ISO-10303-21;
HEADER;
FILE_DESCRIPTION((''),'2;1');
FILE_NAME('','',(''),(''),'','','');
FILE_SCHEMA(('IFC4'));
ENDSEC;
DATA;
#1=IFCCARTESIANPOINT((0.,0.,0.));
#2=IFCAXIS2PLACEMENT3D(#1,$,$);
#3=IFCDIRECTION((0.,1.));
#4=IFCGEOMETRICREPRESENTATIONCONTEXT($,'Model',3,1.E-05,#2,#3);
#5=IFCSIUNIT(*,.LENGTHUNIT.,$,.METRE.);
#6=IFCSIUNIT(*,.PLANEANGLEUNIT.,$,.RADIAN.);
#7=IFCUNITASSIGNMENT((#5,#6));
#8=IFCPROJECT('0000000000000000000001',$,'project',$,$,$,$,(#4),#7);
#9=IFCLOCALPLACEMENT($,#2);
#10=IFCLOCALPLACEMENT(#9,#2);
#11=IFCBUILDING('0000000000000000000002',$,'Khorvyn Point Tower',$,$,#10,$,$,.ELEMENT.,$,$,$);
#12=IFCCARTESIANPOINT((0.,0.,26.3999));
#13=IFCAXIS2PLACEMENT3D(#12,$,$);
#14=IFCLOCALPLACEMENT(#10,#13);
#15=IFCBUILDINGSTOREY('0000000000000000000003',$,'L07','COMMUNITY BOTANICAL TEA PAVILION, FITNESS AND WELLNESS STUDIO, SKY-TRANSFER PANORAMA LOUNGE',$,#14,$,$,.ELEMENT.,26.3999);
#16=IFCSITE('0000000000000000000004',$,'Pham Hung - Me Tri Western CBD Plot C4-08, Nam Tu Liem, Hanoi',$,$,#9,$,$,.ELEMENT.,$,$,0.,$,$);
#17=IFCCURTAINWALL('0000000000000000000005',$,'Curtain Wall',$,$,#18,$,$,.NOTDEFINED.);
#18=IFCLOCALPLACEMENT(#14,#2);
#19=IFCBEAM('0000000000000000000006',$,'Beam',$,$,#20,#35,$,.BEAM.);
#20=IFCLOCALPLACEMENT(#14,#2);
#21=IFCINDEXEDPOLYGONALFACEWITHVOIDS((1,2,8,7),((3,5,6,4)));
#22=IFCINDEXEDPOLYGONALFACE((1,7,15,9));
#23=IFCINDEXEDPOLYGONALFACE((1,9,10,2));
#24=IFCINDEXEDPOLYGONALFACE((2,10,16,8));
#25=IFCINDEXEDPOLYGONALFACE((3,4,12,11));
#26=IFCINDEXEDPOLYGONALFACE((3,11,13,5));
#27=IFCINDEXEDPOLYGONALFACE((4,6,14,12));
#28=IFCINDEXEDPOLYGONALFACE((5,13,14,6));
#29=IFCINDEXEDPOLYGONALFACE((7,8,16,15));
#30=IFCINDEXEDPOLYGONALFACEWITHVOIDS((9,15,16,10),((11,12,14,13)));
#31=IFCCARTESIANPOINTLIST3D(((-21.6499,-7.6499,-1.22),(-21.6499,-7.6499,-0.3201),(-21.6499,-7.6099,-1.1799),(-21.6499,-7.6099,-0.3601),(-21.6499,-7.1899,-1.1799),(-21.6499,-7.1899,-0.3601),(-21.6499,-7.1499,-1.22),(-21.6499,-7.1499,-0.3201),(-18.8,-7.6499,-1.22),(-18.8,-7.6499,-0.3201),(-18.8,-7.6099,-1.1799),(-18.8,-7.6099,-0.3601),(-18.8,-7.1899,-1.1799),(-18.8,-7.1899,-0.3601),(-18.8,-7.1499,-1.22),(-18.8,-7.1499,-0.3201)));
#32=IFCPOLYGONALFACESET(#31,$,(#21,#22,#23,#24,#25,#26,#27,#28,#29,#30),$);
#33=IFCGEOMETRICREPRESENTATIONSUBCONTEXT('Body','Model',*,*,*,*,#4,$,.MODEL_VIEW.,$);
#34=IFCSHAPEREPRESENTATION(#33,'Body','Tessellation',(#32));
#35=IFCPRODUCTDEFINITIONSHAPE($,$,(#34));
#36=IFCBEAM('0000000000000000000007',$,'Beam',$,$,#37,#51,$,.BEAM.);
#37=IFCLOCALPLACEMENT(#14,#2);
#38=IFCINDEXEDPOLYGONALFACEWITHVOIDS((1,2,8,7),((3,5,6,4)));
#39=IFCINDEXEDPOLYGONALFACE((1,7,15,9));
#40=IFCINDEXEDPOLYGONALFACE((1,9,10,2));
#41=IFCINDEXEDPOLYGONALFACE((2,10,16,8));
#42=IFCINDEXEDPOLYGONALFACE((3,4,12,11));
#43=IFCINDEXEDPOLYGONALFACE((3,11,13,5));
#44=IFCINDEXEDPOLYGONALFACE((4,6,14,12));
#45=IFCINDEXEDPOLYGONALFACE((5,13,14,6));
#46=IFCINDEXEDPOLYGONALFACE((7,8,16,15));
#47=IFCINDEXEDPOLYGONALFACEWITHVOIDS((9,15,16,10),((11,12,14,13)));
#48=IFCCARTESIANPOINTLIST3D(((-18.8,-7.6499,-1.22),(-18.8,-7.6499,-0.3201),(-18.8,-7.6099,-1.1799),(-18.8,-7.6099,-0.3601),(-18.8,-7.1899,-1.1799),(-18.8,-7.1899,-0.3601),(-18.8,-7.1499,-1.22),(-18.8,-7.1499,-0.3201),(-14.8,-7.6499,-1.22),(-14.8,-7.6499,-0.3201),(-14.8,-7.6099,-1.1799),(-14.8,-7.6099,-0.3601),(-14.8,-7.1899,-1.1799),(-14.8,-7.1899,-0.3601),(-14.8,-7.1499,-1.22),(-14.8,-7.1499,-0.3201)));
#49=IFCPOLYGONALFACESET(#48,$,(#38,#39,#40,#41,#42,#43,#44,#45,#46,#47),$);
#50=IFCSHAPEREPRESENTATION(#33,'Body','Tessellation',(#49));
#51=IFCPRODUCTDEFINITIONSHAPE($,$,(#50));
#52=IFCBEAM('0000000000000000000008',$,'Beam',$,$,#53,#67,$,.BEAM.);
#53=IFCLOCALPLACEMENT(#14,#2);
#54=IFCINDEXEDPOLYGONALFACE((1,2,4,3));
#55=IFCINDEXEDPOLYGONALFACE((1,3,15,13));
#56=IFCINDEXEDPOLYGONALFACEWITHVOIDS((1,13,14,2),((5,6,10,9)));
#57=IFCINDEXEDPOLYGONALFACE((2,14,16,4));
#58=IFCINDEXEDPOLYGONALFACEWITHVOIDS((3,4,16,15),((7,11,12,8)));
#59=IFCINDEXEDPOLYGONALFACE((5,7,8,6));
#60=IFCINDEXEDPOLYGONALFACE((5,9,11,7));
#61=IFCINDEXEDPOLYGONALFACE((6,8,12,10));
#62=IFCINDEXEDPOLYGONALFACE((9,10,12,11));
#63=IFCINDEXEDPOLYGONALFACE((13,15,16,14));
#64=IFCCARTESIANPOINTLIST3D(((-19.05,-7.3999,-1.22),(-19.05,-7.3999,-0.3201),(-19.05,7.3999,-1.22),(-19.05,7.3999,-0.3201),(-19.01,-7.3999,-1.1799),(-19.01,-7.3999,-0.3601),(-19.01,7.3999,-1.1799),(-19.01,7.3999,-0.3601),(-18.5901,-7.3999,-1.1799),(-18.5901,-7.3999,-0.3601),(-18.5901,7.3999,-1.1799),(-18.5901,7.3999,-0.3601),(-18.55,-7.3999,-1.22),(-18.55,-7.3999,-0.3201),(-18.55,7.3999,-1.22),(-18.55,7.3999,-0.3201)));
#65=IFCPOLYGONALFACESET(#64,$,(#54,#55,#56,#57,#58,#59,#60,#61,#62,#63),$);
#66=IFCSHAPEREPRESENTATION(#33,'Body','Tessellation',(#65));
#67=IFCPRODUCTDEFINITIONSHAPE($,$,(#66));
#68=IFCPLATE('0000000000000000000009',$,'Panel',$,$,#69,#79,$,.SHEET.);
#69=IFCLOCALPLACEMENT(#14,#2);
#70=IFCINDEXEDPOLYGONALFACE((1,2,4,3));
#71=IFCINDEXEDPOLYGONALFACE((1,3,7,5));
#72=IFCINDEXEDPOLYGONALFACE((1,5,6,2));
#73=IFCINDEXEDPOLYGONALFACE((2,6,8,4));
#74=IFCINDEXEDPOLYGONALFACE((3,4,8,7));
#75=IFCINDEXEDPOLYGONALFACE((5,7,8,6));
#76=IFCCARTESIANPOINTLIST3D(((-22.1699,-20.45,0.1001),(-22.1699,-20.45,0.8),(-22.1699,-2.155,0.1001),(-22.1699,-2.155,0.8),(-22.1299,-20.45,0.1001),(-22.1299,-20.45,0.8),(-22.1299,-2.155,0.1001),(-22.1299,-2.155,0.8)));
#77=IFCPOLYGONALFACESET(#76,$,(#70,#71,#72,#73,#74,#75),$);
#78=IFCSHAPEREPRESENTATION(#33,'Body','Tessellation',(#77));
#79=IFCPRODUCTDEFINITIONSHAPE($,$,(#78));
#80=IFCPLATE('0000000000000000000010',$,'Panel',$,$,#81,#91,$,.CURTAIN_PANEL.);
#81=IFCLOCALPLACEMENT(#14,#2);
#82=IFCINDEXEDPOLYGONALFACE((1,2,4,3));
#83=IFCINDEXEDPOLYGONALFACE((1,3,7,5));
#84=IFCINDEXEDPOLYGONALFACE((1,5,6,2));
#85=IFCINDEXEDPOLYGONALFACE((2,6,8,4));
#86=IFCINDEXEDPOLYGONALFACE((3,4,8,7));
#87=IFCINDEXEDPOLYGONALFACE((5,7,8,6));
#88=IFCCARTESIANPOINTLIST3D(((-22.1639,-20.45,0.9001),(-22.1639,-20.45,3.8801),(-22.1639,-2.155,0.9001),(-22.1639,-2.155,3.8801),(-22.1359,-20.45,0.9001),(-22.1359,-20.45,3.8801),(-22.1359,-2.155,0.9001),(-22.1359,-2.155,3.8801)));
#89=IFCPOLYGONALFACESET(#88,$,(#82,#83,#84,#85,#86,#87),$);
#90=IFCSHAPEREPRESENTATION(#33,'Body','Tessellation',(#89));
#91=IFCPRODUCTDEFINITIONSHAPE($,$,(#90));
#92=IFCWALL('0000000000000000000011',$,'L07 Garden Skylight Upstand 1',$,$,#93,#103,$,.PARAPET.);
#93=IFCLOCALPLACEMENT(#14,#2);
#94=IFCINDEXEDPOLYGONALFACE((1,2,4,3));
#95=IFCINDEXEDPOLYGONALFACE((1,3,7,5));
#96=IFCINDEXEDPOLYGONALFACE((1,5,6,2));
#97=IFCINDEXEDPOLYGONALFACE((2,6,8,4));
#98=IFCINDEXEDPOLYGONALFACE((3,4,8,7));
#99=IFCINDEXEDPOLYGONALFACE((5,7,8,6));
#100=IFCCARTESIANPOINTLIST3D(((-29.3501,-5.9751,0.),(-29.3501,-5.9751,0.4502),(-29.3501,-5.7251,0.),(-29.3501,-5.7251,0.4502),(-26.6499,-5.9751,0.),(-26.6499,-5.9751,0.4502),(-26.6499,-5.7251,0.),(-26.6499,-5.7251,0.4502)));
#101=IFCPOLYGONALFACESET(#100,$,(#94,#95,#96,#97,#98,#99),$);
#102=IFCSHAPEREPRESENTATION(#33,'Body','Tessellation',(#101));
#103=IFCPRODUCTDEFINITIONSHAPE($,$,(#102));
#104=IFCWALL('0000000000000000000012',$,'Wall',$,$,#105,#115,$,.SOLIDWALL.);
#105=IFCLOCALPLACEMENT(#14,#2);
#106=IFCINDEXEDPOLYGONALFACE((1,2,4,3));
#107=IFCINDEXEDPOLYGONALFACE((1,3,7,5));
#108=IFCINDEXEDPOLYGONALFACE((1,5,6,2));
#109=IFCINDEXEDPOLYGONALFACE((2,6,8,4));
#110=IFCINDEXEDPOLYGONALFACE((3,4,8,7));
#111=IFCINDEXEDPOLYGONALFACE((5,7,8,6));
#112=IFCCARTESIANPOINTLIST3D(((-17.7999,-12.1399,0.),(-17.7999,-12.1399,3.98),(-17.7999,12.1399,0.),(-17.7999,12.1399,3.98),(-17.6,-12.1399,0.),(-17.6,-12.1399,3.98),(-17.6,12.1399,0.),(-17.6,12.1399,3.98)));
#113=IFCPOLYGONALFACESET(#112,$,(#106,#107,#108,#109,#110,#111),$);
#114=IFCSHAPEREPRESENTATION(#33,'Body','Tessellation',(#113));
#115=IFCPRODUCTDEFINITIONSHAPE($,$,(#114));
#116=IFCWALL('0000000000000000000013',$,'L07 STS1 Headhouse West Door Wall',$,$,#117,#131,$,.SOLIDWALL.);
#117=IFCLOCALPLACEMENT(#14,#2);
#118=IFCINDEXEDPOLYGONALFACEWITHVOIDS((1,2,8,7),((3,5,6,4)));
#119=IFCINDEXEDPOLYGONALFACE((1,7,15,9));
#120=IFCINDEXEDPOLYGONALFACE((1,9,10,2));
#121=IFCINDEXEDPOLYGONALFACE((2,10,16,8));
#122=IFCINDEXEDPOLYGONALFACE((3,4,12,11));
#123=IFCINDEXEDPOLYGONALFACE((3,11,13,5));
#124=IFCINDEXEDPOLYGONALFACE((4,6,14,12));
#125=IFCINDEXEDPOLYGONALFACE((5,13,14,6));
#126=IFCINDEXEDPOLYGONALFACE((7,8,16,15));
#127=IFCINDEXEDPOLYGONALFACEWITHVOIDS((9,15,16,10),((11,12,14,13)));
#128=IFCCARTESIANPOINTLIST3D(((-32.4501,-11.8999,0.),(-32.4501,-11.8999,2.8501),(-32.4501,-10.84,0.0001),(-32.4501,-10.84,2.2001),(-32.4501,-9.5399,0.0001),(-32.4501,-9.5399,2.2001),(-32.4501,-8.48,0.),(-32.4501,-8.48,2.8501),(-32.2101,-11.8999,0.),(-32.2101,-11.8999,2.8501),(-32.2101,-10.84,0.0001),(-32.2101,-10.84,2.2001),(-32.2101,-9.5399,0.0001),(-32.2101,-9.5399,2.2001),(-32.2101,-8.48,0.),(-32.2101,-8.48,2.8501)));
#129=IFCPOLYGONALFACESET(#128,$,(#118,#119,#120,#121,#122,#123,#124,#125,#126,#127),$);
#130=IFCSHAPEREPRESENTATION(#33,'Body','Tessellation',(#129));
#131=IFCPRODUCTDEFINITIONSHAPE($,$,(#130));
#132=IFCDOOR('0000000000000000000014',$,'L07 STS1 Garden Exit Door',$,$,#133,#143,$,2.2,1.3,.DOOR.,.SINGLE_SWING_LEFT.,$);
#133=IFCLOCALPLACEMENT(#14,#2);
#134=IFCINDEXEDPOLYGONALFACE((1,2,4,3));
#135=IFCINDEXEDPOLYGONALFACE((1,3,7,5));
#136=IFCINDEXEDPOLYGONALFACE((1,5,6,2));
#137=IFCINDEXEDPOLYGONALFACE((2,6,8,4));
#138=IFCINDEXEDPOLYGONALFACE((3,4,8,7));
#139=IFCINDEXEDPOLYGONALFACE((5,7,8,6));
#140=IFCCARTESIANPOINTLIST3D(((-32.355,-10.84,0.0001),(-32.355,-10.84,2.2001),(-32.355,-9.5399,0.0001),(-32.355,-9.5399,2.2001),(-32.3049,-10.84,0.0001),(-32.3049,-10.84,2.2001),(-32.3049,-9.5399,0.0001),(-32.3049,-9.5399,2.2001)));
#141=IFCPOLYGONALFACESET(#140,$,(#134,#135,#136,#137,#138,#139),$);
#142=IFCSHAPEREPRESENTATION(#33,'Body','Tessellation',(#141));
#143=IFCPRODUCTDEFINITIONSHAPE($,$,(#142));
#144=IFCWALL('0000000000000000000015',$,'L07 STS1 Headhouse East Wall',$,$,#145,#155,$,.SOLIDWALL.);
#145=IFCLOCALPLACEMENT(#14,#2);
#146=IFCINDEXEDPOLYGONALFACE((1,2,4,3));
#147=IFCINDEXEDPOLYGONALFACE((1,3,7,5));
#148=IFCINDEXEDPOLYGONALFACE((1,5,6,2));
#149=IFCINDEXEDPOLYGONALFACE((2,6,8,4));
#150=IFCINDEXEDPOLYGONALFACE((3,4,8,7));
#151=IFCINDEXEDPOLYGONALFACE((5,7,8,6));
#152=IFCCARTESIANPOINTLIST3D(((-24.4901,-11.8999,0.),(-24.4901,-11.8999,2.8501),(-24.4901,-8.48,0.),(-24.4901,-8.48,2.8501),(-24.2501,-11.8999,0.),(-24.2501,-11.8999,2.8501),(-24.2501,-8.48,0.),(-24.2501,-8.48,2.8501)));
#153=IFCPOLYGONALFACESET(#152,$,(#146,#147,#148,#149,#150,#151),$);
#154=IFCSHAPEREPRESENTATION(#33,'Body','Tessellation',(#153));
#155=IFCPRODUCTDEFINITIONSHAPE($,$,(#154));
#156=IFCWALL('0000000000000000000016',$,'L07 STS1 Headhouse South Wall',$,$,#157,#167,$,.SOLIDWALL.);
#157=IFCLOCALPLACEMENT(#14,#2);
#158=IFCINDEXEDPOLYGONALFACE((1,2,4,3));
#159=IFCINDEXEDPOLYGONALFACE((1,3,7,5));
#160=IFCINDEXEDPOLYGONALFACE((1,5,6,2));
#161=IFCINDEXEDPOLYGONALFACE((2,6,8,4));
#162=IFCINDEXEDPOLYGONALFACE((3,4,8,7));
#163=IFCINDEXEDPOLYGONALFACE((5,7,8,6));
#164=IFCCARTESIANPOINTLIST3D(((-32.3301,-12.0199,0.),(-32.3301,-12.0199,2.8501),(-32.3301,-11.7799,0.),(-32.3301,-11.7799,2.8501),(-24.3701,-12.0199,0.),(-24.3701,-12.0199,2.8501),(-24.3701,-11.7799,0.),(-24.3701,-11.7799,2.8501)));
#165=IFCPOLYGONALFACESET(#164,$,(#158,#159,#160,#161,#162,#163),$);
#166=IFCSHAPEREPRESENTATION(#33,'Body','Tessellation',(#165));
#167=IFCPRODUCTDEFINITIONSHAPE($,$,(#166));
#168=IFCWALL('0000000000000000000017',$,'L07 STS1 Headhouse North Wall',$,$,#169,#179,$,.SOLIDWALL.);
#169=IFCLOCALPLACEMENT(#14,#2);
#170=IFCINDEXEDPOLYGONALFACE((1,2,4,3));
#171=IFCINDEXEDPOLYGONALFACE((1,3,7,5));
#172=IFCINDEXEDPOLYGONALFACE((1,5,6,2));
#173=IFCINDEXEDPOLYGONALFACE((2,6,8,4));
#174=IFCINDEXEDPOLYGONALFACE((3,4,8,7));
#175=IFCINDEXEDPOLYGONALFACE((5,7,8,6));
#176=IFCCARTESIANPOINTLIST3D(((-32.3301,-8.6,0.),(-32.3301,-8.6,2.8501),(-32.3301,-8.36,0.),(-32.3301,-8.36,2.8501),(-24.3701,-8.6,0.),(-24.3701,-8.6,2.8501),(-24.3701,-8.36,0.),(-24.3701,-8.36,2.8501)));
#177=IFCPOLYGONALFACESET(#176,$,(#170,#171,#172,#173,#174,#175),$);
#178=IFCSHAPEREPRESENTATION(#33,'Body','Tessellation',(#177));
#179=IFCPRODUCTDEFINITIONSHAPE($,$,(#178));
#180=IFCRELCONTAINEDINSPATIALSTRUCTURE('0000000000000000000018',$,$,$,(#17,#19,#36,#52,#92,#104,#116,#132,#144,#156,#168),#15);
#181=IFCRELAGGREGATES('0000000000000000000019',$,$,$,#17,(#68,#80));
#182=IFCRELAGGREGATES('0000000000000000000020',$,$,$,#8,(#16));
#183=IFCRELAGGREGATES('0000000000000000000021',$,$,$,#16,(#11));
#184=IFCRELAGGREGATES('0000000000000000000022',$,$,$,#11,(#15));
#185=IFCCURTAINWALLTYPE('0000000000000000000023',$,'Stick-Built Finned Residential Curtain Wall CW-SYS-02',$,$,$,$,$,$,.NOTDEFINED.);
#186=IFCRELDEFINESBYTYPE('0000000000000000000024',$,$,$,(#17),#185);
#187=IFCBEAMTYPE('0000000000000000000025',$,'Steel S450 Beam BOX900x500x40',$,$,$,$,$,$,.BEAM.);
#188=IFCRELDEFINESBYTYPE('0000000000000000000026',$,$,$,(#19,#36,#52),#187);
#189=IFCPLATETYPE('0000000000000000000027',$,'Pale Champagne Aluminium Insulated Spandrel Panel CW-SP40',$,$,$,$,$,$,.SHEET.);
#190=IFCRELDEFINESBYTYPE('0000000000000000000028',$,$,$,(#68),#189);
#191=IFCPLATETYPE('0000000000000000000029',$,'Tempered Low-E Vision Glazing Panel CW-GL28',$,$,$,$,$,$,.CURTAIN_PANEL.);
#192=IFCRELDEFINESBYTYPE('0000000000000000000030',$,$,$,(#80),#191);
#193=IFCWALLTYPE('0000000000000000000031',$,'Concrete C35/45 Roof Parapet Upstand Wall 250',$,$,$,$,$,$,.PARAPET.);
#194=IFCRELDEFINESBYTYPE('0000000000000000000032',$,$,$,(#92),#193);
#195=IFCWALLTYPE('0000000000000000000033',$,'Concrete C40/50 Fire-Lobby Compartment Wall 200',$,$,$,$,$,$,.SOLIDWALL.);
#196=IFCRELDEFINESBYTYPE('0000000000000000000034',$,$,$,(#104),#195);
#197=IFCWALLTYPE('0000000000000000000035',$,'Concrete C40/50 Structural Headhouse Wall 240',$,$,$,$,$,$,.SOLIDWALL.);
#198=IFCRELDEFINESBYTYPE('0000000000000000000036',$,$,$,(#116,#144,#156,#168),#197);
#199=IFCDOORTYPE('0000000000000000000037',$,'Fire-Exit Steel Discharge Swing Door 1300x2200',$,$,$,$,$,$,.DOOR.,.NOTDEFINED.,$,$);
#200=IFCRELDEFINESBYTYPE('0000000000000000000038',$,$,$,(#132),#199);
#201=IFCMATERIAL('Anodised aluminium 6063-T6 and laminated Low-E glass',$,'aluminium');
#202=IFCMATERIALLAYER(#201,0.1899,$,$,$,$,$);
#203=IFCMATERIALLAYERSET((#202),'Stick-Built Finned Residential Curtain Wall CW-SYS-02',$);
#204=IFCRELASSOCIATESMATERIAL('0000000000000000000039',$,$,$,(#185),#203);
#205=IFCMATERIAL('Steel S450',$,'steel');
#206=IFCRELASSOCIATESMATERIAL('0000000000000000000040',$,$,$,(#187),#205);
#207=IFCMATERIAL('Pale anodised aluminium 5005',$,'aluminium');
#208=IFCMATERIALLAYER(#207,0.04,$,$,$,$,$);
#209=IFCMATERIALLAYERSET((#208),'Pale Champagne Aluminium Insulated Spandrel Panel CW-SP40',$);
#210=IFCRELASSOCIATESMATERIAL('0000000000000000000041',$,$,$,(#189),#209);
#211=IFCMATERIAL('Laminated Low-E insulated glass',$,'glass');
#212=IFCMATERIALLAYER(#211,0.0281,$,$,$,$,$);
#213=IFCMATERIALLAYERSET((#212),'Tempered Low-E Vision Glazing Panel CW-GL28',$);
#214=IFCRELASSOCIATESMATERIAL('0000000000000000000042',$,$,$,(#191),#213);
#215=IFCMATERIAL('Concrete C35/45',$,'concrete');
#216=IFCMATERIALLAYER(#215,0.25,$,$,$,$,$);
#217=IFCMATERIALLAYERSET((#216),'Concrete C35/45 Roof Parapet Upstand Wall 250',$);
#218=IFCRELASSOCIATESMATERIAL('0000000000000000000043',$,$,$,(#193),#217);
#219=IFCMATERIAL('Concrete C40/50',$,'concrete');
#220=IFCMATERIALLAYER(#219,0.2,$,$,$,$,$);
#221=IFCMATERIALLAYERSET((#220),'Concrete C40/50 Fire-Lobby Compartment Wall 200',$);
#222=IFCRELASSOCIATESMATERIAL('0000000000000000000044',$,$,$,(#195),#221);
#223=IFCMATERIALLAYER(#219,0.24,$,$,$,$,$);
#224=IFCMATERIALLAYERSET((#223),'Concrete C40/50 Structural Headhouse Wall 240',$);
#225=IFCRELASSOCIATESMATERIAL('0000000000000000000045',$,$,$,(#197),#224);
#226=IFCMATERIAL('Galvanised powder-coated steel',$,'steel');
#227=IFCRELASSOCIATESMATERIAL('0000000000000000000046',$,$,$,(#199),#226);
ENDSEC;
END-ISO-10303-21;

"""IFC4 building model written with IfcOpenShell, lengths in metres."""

from ifc_helpers import new_model, si_unit, direction, frame, frame_2d, origin, origin_2d, place, context, subcontext, project, spatial, rectangle, hollow_rectangle, extrude, material, layer, layer_set, material_profile, profile_set, type_object, element, fill, aggregate, save


model = new_model("IFC4")

# Units and contexts
model_context = context("Model", 3, precision=1e-05, world=origin(), true_north=direction((0.0, 1.0)))
body_context = subcontext(model_context, "Body", "Model", "MODEL_VIEW")
ifc_project = project(units=[si_unit("LENGTHUNIT", "METRE"), si_unit("PLANEANGLEUNIT", "RADIAN")], contexts=[model_context])

# Site, building, storey
site_placement = place(None, origin())
site = spatial("IfcSite", under=ifc_project, at=site_placement, Name="Pham Hung - Me Tri Western CBD Plot C4-08, Nam Tu Liem, Hanoi", CompositionType="ELEMENT", RefElevation=0.0)
building_placement = place(site_placement, origin())
building = spatial("IfcBuilding", under=site, at=building_placement, Name="Khorvyn Point Tower", CompositionType="ELEMENT")
storey_placement = place(building_placement, frame((0.0, 0.0, 26.3999)))
storey = spatial("IfcBuildingStorey", under=building, at=storey_placement, Name="L07", Description="COMMUNITY BOTANICAL TEA PAVILION, FITNESS AND WELLNESS STUDIO, SKY-TRANSFER PANORAMA LOUNGE", CompositionType="ELEMENT", Elevation=26.3999)

# Shared definitions
ifc_material_1 = material(Name="Steel S450", Category="steel")

# Curtain wall
ifc_material_2 = material(Name="Anodised aluminium 6063-T6 and laminated Low-E glass", Category="aluminium")
ifc_layer_1 = layer(ifc_material_2, 0.1899)
ifc_layer_set_1 = layer_set([ifc_layer_1], Name="Stick-Built Finned Residential Curtain Wall CW-SYS-02")
curtain_wall_type = type_object("IfcCurtainWallType", Name="Stick-Built Finned Residential Curtain Wall CW-SYS-02", PredefinedType="NOTDEFINED", material=ifc_layer_set_1)
curtain_wall_placement = place(storey_placement, origin())
curtain_wall = element("IfcCurtainWall", 1, at=curtain_wall_placement, inside=storey, type_object=curtain_wall_type, Name="Curtain Wall", PredefinedType="NOTDEFINED")

# Beams
ifc_material_profile_1 = material_profile(ifc_material_1, hollow_rectangle(XDim=0.5, YDim=0.8999, WallThickness=0.04, at=origin_2d()))
ifc_profile_set_1 = profile_set([ifc_material_profile_1], Name="Steel S450 BOX900x500x40")
beam_type_1 = type_object("IfcBeamType", Name="Steel S450 Beam BOX900x500x40", PredefinedType="BEAM", material=ifc_profile_set_1)
beam_1_placement = place(storey_placement, frame((-21.6499, -7.3999, -0.77), z_axis=(1.0, 0.0, 0.0), x_axis=(0.0, 1.0, 0.0)))
element("IfcBeam", 2, at=beam_1_placement, inside=storey, type_object=beam_type_1, Name="Beam", PredefinedType="BEAM", context=body_context, shape_type="SweptSolid", body=[
    extrude(hollow_rectangle(XDim=0.5, YDim=0.8999, WallThickness=0.04, at=origin_2d()), origin(), (0.0, 0.0, 1.0), 2.8499),
])
beam_2_placement = place(storey_placement, frame((-18.8, -7.3999, -0.77), z_axis=(1.0, 0.0, 0.0), x_axis=(0.0, 1.0, 0.0)))
element("IfcBeam", 3, at=beam_2_placement, inside=storey, type_object=beam_type_1, Name="Beam", PredefinedType="BEAM", context=body_context, shape_type="SweptSolid", body=[
    extrude(hollow_rectangle(XDim=0.5, YDim=0.8999, WallThickness=0.04, at=origin_2d()), origin(), (0.0, 0.0, 1.0), 4.0),
])
beam_3_placement = place(storey_placement, frame((-18.8, -7.3999, -0.77), z_axis=(0.0, 1.0, 0.0), x_axis=(-1.0, 0.0, 0.0)))
element("IfcBeam", 4, at=beam_3_placement, inside=storey, type_object=beam_type_1, Name="Beam", PredefinedType="BEAM", context=body_context, shape_type="SweptSolid", body=[
    extrude(hollow_rectangle(XDim=0.5, YDim=0.8999, WallThickness=0.04, at=origin_2d()), origin(), (0.0, 0.0, 1.0), 14.7998),
])

# Plates
ifc_material_3 = material(Name="Pale anodised aluminium 5005", Category="aluminium")
ifc_layer_2 = layer(ifc_material_3, 0.04)
ifc_layer_set_2 = layer_set([ifc_layer_2], Name="Pale Champagne Aluminium Insulated Spandrel Panel CW-SP40")
plate_type_1 = type_object("IfcPlateType", Name="Pale Champagne Aluminium Insulated Spandrel Panel CW-SP40", PredefinedType="SHEET", material=ifc_layer_set_2)
plate_1_placement = place(storey_placement, frame((-22.1499, -11.3025, 0.1001), z_axis=(0.0, 0.0, 1.0), x_axis=(0.0, 1.0, 0.0)))
plate_1 = element("IfcPlate", 5, at=plate_1_placement, type_object=plate_type_1, Name="Panel", PredefinedType="SHEET", context=body_context, shape_type="SweptSolid", body=[
    extrude(rectangle(XDim=18.2949, YDim=0.04, at=origin_2d()), origin(), (0.0, 0.0, 1.0), 0.7),
])
ifc_material_4 = material(Name="Laminated Low-E insulated glass", Category="glass")
ifc_layer_3 = layer(ifc_material_4, 0.0281)
ifc_layer_set_3 = layer_set([ifc_layer_3], Name="Tempered Low-E Vision Glazing Panel CW-GL28")
plate_type_2 = type_object("IfcPlateType", Name="Tempered Low-E Vision Glazing Panel CW-GL28", PredefinedType="CURTAIN_PANEL", material=ifc_layer_set_3)
plate_2_placement = place(storey_placement, frame((-22.1499, -11.3025, 0.9001), z_axis=(0.0, 0.0, 1.0), x_axis=(0.0, 1.0, 0.0)))
plate_2 = element("IfcPlate", 6, at=plate_2_placement, type_object=plate_type_2, Name="Panel", PredefinedType="CURTAIN_PANEL", context=body_context, shape_type="SweptSolid", body=[
    extrude(rectangle(XDim=18.2949, YDim=0.0281, at=origin_2d()), origin(), (0.0, 0.0, 1.0), 2.98),
])
aggregate(curtain_wall, [plate_1, plate_2])

# Walls
ifc_material_5 = material(Name="Concrete C35/45", Category="concrete")
ifc_layer_4 = layer(ifc_material_5, 0.25)
ifc_layer_set_4 = layer_set([ifc_layer_4], Name="Concrete C35/45 Roof Parapet Upstand Wall 250")
wall_type_1 = type_object("IfcWallType", Name="Concrete C35/45 Roof Parapet Upstand Wall 250", PredefinedType="PARAPET", material=ifc_layer_set_4)
wall_1_placement = place(storey_placement, frame((-29.3501, -5.8501, 0.0), z_axis=(0.0, 0.0, 1.0), x_axis=(1.0, 0.0, 0.0)))
element("IfcWall", 7, at=wall_1_placement, inside=storey, type_object=wall_type_1, Name="L07 Garden Skylight Upstand 1", PredefinedType="PARAPET", context=body_context, shape_type="SweptSolid", body=[
    extrude(rectangle(XDim=2.7002, YDim=0.25, at=frame_2d((1.3501, 0.0))), origin(), (0.0, 0.0, 1.0), 0.4502),
])
ifc_material_6 = material(Name="Concrete C40/50", Category="concrete")
ifc_layer_5 = layer(ifc_material_6, 0.2)
ifc_layer_set_5 = layer_set([ifc_layer_5], Name="Concrete C40/50 Fire-Lobby Compartment Wall 200")
wall_type_2 = type_object("IfcWallType", Name="Concrete C40/50 Fire-Lobby Compartment Wall 200", PredefinedType="SOLIDWALL", material=ifc_layer_set_5)
wall_2_placement = place(storey_placement, frame((-17.7, -12.1399, 0.0), z_axis=(0.0, 0.0, 1.0), x_axis=(0.0, 1.0, 0.0)))
element("IfcWall", 8, at=wall_2_placement, inside=storey, type_object=wall_type_2, Name="Wall", PredefinedType="SOLIDWALL", context=body_context, shape_type="SweptSolid", body=[
    extrude(rectangle(XDim=24.2798, YDim=0.2, at=frame_2d((12.1399, 0.0))), origin(), (0.0, 0.0, 1.0), 3.98),
])

# Wall, opening, door
ifc_layer_6 = layer(ifc_material_6, 0.24)
ifc_layer_set_6 = layer_set([ifc_layer_6], Name="Concrete C40/50 Structural Headhouse Wall 240")
wall_type_3 = type_object("IfcWallType", Name="Concrete C40/50 Structural Headhouse Wall 240", PredefinedType="SOLIDWALL", material=ifc_layer_set_6)
wall_3_placement = place(storey_placement, frame((-32.3301, -11.8999, 0.0), z_axis=(0.0, 0.0, 1.0), x_axis=(0.0, 1.0, 0.0)))
wall_3 = element("IfcWall", 9, at=wall_3_placement, inside=storey, type_object=wall_type_3, Name="L07 STS1 Headhouse West Door Wall", PredefinedType="SOLIDWALL", context=body_context, shape_type="SweptSolid", body=[
    extrude(rectangle(XDim=3.4199, YDim=0.24, at=frame_2d((1.71, 0.0))), origin(), (0.0, 0.0, 1.0), 2.8501),
])
opening_placement = place(wall_3_placement, frame((1.0601, 0.0, 0.0)))
opening = element("IfcOpeningElement", 10, at=opening_placement, cuts=wall_3, PredefinedType="OPENING", context=body_context, shape_type="SweptSolid", body=[
    extrude(rectangle(XDim=1.3, YDim=2.2, at=frame_2d((0.6499, 1.1001))), frame((0.0, 0.1299, 0.0), z_axis=(0.0, -1.0, 0.0), x_axis=(1.0, 0.0, 0.0)), (0.0, 0.0, 1.0), 0.26),
])
ifc_material_7 = material(Name="Galvanised powder-coated steel", Category="steel")
door_type = type_object("IfcDoorType", Name="Fire-Exit Steel Discharge Swing Door 1300x2200", OperationType="NOTDEFINED", PredefinedType="DOOR", material=ifc_material_7)
door_placement = place(opening_placement, origin())
door = element("IfcDoor", 11, at=door_placement, inside=storey, type_object=door_type, Name="L07 STS1 Garden Exit Door", OperationType="SINGLE_SWING_LEFT", OverallHeight=2.2, OverallWidth=1.3, PredefinedType="DOOR", context=body_context, shape_type="SweptSolid", body=[
    extrude(rectangle(XDim=1.3, YDim=2.2, at=frame_2d((0.6499, 1.1001))), frame((0.0, 0.0249, 0.0), z_axis=(0.0, -1.0, 0.0), x_axis=(1.0, 0.0, 0.0)), (0.0, 0.0, 1.0), 0.05),
])
fill(opening, door)

# Walls
wall_4_placement = place(storey_placement, frame((-24.3701, -8.48, 0.0), z_axis=(0.0, 0.0, 1.0), x_axis=(0.0, -1.0, 0.0)))
element("IfcWall", 12, at=wall_4_placement, inside=storey, type_object=wall_type_3, Name="L07 STS1 Headhouse East Wall", PredefinedType="SOLIDWALL", context=body_context, shape_type="SweptSolid", body=[
    extrude(rectangle(XDim=3.4199, YDim=0.24, at=frame_2d((1.71, 0.0))), origin(), (0.0, 0.0, 1.0), 2.8501),
])
for number, where, z_axis, x_axis, name in (
    (13, (-24.3701, -11.8999, 0.0), (0.0, 0.0, 1.0), (-1.0, 0.0, 0.0), "L07 STS1 Headhouse South Wall"),
    (14, (-32.3301, -8.48, 0.0), (0.0, 0.0, 1.0), (1.0, 0.0, 0.0), "L07 STS1 Headhouse North Wall"),
):
    element("IfcWall", number, at=place(storey_placement, frame(where, z_axis=z_axis, x_axis=x_axis)), inside=storey, type_object=wall_type_3, Name=name, PredefinedType="SOLIDWALL", context=body_context, shape_type="SweptSolid", body=[
        extrude(rectangle(XDim=7.96, YDim=0.24, at=frame_2d((3.98, 0.0))), origin(), (0.0, 0.0, 1.0), 2.8501),
    ])

save(model, "model.ifc")
